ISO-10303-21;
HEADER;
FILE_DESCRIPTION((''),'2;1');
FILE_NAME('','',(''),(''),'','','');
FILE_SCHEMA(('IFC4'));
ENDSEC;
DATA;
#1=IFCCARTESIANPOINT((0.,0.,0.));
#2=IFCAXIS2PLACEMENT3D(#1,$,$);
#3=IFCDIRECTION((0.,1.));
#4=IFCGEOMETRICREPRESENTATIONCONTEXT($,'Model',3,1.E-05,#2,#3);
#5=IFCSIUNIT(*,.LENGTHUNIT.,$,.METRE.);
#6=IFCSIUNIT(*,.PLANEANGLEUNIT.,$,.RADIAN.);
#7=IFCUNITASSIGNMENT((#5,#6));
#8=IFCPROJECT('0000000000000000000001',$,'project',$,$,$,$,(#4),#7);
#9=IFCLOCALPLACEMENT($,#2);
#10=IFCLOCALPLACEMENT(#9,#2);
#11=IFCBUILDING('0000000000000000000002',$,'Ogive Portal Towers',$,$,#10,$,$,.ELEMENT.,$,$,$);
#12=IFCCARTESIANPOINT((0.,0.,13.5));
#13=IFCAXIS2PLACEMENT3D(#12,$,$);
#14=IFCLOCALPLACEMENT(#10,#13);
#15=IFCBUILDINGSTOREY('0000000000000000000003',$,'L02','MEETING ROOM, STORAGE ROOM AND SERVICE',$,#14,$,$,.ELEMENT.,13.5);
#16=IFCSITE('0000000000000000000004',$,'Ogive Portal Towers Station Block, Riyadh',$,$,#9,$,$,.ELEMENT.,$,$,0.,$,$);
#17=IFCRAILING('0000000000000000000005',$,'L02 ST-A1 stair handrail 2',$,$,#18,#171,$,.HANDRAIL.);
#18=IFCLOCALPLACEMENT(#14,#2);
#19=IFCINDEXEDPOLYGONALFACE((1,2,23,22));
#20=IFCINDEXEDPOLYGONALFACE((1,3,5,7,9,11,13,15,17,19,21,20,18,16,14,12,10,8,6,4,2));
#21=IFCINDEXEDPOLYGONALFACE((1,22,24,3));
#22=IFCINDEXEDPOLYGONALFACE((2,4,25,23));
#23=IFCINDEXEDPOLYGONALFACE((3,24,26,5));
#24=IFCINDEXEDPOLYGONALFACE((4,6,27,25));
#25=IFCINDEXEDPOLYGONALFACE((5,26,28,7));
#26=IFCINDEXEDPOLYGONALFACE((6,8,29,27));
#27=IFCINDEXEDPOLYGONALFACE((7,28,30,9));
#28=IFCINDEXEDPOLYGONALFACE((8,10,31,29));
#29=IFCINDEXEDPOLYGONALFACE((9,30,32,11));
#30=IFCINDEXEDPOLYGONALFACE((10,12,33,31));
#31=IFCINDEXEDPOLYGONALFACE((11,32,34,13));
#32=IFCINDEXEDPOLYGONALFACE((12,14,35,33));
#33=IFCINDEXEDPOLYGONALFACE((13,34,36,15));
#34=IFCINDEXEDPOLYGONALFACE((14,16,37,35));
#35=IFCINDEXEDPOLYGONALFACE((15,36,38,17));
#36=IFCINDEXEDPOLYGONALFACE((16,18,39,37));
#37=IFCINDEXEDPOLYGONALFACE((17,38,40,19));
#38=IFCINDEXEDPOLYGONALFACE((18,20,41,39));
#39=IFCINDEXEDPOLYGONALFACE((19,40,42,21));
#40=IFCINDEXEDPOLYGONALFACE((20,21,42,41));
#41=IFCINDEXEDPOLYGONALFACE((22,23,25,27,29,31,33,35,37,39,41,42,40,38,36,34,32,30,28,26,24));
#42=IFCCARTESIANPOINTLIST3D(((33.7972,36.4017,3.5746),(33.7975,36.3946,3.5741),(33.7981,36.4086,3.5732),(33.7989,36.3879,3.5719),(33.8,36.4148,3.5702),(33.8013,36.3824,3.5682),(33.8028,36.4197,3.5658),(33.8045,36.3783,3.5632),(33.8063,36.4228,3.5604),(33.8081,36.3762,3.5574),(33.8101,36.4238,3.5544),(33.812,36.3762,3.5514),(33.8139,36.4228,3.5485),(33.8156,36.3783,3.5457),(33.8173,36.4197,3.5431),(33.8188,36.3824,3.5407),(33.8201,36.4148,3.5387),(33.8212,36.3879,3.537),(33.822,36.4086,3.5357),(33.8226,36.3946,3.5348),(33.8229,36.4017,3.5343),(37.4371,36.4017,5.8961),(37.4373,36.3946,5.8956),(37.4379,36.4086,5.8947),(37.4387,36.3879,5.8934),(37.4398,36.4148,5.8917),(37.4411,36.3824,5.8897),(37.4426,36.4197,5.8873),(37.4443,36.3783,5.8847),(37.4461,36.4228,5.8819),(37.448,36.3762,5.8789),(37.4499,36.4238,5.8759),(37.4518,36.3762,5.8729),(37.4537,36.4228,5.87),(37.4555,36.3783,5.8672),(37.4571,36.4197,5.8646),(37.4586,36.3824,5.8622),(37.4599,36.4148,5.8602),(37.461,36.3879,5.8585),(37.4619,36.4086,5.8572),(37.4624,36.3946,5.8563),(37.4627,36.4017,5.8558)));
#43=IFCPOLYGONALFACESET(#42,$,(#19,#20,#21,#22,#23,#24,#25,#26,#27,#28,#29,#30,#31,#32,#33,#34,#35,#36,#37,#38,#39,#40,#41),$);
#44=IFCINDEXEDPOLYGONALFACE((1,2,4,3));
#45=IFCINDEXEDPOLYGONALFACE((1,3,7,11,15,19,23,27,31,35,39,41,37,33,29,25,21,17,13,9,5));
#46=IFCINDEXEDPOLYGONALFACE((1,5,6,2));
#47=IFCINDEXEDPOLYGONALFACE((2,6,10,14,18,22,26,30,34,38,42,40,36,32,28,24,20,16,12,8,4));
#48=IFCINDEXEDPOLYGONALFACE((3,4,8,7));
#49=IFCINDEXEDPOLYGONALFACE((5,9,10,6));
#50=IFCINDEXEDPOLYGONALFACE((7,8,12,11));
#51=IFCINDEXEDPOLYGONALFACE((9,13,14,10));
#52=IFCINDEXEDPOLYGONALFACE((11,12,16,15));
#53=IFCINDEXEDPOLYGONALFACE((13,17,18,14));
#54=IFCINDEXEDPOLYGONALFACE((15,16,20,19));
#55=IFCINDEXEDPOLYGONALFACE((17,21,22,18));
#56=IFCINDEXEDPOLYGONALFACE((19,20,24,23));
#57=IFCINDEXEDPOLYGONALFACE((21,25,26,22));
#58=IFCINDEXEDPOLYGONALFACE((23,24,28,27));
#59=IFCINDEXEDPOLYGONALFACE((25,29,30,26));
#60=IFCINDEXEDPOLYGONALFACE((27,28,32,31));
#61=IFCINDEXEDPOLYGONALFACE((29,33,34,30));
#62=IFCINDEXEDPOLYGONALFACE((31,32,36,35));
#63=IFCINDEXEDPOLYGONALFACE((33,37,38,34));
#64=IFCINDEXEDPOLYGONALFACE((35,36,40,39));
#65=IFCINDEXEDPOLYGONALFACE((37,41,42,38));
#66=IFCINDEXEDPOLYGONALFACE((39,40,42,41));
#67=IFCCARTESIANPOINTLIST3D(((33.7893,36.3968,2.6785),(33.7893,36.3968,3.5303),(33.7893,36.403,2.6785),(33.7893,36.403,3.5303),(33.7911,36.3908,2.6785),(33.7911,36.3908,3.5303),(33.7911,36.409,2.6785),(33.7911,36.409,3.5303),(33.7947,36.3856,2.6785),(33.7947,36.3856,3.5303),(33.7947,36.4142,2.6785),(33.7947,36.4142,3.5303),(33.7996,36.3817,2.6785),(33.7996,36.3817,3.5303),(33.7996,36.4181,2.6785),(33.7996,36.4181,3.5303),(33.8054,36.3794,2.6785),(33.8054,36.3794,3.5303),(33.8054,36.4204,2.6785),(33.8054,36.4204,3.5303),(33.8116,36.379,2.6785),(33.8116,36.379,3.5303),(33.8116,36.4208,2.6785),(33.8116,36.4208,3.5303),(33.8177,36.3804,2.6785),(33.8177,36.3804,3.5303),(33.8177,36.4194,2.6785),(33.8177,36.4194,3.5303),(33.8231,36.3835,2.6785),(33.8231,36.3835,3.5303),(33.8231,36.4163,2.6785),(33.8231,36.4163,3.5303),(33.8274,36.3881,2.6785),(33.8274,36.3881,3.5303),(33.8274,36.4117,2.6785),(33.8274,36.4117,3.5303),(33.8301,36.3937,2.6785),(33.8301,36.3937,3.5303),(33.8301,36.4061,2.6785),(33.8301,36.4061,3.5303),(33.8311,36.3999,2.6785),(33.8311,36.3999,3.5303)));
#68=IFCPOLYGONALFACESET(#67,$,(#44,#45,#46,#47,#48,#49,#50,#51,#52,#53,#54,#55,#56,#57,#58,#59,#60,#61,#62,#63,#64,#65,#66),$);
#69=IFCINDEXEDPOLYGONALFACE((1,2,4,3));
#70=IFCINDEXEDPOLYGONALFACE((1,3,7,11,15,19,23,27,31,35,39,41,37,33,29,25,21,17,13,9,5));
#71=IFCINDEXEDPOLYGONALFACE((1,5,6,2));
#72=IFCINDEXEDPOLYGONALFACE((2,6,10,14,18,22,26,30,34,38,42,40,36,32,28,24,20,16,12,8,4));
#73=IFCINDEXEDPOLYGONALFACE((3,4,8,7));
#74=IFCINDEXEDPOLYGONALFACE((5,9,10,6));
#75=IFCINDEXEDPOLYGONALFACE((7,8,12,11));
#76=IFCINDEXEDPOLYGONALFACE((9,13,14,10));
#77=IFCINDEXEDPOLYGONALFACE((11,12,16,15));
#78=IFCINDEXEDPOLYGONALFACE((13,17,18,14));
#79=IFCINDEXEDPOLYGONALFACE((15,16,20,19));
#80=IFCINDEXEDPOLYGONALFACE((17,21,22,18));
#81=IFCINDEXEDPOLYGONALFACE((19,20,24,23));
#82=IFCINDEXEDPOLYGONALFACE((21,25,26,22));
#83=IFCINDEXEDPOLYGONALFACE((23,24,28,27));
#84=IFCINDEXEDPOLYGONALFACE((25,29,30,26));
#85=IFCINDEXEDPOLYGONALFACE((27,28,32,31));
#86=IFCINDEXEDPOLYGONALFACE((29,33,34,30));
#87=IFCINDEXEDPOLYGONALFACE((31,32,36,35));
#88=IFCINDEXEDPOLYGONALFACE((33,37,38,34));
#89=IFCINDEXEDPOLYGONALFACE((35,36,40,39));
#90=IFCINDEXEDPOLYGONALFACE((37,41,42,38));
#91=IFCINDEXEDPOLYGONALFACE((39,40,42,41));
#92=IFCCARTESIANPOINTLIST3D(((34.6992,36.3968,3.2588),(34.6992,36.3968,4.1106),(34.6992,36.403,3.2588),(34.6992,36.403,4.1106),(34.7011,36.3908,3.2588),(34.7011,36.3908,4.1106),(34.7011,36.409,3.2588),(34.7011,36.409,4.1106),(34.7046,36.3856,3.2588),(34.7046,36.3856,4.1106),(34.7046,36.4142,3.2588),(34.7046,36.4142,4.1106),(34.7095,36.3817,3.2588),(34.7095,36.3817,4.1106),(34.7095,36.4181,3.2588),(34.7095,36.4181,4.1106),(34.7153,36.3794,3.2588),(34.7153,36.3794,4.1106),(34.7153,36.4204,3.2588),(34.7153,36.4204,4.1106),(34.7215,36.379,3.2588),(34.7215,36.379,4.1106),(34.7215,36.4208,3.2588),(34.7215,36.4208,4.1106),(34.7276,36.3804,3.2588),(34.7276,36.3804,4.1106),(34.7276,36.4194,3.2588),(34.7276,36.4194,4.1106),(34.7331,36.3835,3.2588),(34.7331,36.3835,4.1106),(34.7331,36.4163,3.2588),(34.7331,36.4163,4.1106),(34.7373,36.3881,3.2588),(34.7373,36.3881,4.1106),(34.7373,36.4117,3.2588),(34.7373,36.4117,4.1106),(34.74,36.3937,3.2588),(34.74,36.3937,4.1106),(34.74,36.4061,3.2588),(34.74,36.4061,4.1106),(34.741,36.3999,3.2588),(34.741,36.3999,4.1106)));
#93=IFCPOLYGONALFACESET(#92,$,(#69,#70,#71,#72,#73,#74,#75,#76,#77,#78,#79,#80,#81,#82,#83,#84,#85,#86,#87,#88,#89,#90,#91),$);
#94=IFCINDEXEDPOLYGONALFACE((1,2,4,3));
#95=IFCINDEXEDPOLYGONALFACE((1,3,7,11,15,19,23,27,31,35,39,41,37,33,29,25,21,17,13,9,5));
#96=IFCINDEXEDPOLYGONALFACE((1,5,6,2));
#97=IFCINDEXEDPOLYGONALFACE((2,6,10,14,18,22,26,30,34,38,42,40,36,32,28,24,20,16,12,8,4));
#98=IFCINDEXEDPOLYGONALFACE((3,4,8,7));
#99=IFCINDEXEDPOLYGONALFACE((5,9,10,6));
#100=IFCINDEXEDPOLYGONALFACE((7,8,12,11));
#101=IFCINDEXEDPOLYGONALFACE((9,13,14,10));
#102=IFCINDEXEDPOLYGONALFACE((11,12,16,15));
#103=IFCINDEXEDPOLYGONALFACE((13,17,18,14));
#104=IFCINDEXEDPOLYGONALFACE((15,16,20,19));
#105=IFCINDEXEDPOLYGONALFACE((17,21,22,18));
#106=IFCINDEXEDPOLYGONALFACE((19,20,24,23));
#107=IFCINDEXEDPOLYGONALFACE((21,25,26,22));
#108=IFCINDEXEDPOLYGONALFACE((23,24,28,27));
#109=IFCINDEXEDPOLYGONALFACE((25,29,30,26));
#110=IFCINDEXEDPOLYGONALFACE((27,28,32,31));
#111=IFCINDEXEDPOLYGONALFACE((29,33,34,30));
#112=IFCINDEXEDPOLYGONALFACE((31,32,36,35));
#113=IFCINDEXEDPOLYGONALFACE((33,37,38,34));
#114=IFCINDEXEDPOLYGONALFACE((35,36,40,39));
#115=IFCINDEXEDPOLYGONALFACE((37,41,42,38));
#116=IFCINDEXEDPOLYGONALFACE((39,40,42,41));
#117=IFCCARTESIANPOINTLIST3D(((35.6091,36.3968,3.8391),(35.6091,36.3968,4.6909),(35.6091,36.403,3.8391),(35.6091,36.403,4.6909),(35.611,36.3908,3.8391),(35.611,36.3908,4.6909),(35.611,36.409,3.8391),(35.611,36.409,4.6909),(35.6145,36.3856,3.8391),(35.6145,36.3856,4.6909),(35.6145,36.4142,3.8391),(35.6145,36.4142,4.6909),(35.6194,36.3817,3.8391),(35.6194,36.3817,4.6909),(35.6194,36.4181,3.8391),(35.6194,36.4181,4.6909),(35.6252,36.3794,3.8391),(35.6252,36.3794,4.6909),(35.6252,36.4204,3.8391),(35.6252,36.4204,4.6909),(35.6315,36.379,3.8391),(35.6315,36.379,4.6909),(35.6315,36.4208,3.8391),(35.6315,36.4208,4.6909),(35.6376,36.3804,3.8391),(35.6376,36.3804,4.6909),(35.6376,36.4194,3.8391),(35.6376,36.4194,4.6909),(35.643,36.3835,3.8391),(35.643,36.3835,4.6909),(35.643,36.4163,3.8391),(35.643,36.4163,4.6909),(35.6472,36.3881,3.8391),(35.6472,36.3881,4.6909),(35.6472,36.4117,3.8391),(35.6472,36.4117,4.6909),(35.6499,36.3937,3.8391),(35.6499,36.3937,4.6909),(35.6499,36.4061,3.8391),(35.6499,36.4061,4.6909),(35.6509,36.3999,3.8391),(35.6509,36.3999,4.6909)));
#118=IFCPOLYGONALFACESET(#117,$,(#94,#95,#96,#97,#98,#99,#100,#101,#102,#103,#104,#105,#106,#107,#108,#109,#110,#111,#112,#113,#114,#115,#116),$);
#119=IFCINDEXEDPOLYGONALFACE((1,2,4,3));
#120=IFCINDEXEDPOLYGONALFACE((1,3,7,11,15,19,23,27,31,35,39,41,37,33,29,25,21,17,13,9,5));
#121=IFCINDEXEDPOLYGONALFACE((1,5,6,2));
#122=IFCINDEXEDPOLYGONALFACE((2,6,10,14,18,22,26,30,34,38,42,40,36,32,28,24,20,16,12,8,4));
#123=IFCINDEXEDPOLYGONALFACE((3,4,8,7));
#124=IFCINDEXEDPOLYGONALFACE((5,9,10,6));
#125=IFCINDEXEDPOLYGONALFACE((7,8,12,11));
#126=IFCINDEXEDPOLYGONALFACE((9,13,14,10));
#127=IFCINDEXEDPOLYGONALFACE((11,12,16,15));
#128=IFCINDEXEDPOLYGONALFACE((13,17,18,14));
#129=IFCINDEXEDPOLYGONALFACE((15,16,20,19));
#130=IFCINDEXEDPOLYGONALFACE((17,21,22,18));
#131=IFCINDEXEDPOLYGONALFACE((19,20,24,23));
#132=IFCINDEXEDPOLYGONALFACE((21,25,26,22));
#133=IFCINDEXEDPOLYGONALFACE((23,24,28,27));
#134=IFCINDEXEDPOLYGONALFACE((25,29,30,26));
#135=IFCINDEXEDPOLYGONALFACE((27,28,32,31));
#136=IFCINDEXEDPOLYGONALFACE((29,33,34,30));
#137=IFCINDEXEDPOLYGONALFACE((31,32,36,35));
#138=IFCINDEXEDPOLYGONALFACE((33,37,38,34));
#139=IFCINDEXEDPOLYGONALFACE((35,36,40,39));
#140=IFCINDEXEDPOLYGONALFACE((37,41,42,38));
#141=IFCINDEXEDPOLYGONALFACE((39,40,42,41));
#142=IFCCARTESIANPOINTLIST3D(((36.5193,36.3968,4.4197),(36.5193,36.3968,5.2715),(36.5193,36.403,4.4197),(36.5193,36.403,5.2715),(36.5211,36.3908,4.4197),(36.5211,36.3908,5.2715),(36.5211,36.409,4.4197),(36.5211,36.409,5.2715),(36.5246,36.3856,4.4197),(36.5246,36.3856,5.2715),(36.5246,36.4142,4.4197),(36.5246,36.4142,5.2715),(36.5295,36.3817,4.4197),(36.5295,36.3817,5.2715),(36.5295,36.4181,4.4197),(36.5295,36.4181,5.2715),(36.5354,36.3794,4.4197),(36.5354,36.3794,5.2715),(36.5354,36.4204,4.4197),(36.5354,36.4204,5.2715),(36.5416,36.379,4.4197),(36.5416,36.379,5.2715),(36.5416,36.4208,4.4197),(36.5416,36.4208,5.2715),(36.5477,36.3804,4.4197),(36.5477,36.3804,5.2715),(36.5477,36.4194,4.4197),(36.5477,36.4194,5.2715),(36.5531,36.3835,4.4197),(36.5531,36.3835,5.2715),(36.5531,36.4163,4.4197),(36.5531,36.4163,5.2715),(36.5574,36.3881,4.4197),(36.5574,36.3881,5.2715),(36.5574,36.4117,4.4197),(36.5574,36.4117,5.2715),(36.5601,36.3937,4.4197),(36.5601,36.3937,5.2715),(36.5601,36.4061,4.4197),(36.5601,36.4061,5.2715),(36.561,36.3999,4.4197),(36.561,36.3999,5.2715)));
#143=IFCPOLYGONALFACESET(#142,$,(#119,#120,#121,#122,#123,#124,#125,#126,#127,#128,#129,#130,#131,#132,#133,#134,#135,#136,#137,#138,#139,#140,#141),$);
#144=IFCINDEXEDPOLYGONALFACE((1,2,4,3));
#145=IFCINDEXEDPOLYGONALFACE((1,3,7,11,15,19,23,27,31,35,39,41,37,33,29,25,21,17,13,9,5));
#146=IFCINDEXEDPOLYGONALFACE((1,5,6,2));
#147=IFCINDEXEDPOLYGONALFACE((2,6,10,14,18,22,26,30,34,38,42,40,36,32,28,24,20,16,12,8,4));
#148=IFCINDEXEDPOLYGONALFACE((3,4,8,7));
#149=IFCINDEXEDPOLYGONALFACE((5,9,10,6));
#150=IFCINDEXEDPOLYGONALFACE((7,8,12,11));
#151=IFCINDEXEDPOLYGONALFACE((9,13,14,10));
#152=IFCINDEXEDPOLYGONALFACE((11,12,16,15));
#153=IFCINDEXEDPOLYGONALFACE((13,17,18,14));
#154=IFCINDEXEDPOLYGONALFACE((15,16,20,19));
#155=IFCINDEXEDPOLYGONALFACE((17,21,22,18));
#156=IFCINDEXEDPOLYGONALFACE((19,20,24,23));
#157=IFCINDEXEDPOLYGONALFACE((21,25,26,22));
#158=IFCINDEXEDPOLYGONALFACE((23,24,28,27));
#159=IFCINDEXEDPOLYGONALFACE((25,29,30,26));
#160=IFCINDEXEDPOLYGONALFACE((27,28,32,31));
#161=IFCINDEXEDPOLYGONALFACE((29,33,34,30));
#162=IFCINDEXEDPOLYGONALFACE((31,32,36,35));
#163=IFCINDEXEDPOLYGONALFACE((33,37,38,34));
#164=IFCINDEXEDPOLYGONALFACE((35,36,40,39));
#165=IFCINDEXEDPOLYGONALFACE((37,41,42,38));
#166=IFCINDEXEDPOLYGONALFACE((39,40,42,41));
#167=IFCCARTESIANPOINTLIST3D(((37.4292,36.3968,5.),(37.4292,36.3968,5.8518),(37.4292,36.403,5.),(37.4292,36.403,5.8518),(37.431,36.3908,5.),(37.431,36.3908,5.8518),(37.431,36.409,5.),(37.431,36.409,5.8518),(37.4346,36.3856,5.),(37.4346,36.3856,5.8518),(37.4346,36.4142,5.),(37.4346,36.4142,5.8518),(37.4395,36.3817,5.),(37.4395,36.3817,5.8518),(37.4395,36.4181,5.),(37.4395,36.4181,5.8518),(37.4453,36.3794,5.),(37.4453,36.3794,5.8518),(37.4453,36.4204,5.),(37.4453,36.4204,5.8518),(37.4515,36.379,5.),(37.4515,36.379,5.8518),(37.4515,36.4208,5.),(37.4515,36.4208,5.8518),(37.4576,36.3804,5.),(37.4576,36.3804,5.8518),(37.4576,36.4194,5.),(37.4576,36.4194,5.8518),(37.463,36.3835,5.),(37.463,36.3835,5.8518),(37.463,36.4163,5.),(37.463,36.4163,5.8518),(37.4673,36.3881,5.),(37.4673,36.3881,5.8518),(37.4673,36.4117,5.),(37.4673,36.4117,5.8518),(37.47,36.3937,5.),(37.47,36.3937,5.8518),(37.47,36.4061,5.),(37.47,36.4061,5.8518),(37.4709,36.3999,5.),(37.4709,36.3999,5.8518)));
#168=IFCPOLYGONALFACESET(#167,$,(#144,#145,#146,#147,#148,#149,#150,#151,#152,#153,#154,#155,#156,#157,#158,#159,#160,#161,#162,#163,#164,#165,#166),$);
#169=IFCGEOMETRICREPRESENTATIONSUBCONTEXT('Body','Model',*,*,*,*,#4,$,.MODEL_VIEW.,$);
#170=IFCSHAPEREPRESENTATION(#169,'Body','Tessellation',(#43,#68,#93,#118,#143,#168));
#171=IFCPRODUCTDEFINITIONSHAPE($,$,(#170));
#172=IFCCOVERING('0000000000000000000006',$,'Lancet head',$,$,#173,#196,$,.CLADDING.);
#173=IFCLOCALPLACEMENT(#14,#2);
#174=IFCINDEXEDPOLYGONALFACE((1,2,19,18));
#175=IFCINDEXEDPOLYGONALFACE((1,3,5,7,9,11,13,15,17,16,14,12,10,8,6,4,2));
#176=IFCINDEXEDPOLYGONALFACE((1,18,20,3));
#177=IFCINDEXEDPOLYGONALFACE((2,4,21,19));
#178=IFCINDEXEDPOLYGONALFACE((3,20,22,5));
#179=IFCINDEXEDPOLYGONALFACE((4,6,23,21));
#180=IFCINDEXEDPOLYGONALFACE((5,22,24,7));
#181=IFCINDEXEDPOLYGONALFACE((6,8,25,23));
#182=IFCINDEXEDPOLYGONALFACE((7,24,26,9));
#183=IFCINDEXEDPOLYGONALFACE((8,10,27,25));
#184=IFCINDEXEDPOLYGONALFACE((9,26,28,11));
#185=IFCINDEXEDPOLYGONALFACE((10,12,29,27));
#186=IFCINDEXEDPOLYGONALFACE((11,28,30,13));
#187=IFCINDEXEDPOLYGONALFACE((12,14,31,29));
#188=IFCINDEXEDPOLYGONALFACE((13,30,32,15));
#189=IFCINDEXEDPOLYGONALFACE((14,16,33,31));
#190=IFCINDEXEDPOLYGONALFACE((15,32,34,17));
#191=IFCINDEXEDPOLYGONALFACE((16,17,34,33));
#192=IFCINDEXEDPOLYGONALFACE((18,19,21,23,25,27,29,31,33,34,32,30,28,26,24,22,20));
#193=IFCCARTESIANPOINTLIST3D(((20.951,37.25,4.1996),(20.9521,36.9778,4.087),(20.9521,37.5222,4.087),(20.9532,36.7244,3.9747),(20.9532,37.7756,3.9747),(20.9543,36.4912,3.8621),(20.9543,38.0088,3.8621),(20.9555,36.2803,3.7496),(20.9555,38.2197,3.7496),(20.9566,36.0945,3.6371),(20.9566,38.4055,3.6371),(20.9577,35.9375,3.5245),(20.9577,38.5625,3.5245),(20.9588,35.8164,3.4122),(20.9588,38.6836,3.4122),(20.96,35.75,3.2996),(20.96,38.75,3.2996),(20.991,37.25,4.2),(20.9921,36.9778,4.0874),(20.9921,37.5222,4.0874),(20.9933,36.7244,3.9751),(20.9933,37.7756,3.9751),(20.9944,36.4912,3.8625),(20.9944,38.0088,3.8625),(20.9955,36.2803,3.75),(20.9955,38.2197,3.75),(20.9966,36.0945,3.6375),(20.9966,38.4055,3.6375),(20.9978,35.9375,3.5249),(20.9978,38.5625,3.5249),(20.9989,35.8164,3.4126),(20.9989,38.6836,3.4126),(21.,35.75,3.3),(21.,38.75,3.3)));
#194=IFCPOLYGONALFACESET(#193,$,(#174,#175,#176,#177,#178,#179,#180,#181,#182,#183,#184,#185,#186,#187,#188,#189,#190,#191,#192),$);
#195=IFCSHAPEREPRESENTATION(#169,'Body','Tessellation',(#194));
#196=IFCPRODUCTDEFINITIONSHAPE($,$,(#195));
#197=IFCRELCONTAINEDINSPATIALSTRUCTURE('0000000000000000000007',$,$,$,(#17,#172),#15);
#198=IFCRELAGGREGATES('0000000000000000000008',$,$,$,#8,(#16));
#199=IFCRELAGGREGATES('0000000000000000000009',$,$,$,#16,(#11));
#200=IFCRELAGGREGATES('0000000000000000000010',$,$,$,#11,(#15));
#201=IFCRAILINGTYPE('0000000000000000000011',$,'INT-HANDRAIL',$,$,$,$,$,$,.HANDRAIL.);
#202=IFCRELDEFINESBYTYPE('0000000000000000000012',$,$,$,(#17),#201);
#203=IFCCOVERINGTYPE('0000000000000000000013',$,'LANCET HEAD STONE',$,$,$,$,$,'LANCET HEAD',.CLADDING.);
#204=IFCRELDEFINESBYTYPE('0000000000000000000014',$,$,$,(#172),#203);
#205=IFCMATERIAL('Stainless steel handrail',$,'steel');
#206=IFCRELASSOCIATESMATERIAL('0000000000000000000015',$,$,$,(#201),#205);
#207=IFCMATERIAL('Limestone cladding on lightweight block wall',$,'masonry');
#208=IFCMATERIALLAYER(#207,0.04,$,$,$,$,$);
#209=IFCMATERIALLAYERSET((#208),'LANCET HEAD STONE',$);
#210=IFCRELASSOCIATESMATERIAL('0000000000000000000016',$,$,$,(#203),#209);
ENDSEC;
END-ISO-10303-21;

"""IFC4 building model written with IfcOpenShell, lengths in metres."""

from ifc_helpers import new_model, si_unit, direction, frame, origin, origin_2d, place, context, subcontext, project, spatial, polyline, circle, outline, extrude, material, layer, layer_set, type_object, element, save


model = new_model("IFC4")

# Units and contexts
model_context = context("Model", 3, precision=1e-05, world=origin(), true_north=direction((0.0, 1.0)))
body_context = subcontext(model_context, "Body", "Model", "MODEL_VIEW")
ifc_project = project(units=[si_unit("LENGTHUNIT", "METRE"), si_unit("PLANEANGLEUNIT", "RADIAN")], contexts=[model_context])

# Site, building, storey
site_placement = place(None, origin())
site = spatial("IfcSite", under=ifc_project, at=site_placement, Name="Ogive Portal Towers Station Block, Riyadh", CompositionType="ELEMENT", RefElevation=0.0)
building_placement = place(site_placement, origin())
building = spatial("IfcBuilding", under=site, at=building_placement, Name="Ogive Portal Towers", CompositionType="ELEMENT")
storey_placement = place(building_placement, frame((0.0, 0.0, 13.5)))
storey = spatial("IfcBuildingStorey", under=building, at=storey_placement, Name="L02", Description="MEETING ROOM, STORAGE ROOM AND SERVICE", CompositionType="ELEMENT", Elevation=13.5)

# Railing
ifc_material_1 = material(Name="Stainless steel handrail", Category="steel")
railing_type_1 = type_object("IfcRailingType", Name="INT-HANDRAIL", PredefinedType="HANDRAIL", material=ifc_material_1)
railing_1_placement = place(storey_placement, frame((33.8101, 36.3999, 2.6785)))
element("IfcRailing", 1, at=railing_1_placement, inside=storey, type_object=railing_type_1, Name="L02 ST-A1 stair handrail 2", PredefinedType="HANDRAIL", context=body_context, shape_type="SweptSolid", body=[
    extrude(circle(Radius=0.0239, at=origin_2d()), frame((0.0, 0.0, 0.876), z_axis=(0.843112, 0.0, 0.537739), x_axis=(0.0, 1.0, 0.0)), (0.0, 0.0, 1.0), 4.3171),
    extrude(circle(Radius=0.021, at=origin_2d()), origin(), (0.0, 0.0, 1.0), 0.8518),
    extrude(circle(Radius=0.021, at=origin_2d()), frame((0.9099, 0.0, 0.5803)), (0.0, 0.0, 1.0), 0.8518),
    extrude(circle(Radius=0.021, at=origin_2d()), frame((1.8198, 0.0, 1.1606)), (0.0, 0.0, 1.0), 0.8518),
    extrude(circle(Radius=0.021, at=origin_2d()), frame((2.73, 0.0, 1.7412)), (0.0, 0.0, 1.0), 0.8518),
    extrude(circle(Radius=0.021, at=origin_2d()), frame((3.6399, 0.0, 2.3215)), (0.0, 0.0, 1.0), 0.8518),
])

# Covering
ifc_material_2 = material(Name="Limestone cladding on lightweight block wall", Category="masonry")
ifc_layer_1 = layer(ifc_material_2, 0.04)
ifc_layer_set_1 = layer_set([ifc_layer_1], Name="LANCET HEAD STONE")
covering_type_1 = type_object("IfcCoveringType", Name="LANCET HEAD STONE", ElementType="LANCET HEAD", PredefinedType="CLADDING", material=ifc_layer_set_1)
for number, where, z_axis, x_axis, name in (
    (2, (21.0, 38.75, 3.3), (0.99995, 0.0, 0.009994), (0.0, -1.0, 0.0), "Lancet head"),
):
    element("IfcCovering", number, at=place(storey_placement, frame(where, z_axis=z_axis, x_axis=x_axis)), inside=storey, type_object=covering_type_1, Name=name, PredefinedType="CLADDING", context=body_context, shape_type="SweptSolid", body=[
        extrude(outline(polyline([(0.0, 0.0), (3.0, 0.0), (2.9336, -0.1126), (2.8125, -0.2249), (2.6555, -0.3374), (2.4697, -0.45), (2.2588, -0.5625), (2.0256, -0.6751), (1.7722, -0.7874), (1.5, -0.8999), (1.2278, -0.7874), (0.9744, -0.6751), (0.7412, -0.5625), (0.5303, -0.45), (0.3445, -0.3374), (0.1875, -0.2249), (0.0664, -0.1126), (0.0, 0.0)])), origin(), (0.0, 0.0, -1.0), 0.04),
    ])

save(model, "model.ifc")
